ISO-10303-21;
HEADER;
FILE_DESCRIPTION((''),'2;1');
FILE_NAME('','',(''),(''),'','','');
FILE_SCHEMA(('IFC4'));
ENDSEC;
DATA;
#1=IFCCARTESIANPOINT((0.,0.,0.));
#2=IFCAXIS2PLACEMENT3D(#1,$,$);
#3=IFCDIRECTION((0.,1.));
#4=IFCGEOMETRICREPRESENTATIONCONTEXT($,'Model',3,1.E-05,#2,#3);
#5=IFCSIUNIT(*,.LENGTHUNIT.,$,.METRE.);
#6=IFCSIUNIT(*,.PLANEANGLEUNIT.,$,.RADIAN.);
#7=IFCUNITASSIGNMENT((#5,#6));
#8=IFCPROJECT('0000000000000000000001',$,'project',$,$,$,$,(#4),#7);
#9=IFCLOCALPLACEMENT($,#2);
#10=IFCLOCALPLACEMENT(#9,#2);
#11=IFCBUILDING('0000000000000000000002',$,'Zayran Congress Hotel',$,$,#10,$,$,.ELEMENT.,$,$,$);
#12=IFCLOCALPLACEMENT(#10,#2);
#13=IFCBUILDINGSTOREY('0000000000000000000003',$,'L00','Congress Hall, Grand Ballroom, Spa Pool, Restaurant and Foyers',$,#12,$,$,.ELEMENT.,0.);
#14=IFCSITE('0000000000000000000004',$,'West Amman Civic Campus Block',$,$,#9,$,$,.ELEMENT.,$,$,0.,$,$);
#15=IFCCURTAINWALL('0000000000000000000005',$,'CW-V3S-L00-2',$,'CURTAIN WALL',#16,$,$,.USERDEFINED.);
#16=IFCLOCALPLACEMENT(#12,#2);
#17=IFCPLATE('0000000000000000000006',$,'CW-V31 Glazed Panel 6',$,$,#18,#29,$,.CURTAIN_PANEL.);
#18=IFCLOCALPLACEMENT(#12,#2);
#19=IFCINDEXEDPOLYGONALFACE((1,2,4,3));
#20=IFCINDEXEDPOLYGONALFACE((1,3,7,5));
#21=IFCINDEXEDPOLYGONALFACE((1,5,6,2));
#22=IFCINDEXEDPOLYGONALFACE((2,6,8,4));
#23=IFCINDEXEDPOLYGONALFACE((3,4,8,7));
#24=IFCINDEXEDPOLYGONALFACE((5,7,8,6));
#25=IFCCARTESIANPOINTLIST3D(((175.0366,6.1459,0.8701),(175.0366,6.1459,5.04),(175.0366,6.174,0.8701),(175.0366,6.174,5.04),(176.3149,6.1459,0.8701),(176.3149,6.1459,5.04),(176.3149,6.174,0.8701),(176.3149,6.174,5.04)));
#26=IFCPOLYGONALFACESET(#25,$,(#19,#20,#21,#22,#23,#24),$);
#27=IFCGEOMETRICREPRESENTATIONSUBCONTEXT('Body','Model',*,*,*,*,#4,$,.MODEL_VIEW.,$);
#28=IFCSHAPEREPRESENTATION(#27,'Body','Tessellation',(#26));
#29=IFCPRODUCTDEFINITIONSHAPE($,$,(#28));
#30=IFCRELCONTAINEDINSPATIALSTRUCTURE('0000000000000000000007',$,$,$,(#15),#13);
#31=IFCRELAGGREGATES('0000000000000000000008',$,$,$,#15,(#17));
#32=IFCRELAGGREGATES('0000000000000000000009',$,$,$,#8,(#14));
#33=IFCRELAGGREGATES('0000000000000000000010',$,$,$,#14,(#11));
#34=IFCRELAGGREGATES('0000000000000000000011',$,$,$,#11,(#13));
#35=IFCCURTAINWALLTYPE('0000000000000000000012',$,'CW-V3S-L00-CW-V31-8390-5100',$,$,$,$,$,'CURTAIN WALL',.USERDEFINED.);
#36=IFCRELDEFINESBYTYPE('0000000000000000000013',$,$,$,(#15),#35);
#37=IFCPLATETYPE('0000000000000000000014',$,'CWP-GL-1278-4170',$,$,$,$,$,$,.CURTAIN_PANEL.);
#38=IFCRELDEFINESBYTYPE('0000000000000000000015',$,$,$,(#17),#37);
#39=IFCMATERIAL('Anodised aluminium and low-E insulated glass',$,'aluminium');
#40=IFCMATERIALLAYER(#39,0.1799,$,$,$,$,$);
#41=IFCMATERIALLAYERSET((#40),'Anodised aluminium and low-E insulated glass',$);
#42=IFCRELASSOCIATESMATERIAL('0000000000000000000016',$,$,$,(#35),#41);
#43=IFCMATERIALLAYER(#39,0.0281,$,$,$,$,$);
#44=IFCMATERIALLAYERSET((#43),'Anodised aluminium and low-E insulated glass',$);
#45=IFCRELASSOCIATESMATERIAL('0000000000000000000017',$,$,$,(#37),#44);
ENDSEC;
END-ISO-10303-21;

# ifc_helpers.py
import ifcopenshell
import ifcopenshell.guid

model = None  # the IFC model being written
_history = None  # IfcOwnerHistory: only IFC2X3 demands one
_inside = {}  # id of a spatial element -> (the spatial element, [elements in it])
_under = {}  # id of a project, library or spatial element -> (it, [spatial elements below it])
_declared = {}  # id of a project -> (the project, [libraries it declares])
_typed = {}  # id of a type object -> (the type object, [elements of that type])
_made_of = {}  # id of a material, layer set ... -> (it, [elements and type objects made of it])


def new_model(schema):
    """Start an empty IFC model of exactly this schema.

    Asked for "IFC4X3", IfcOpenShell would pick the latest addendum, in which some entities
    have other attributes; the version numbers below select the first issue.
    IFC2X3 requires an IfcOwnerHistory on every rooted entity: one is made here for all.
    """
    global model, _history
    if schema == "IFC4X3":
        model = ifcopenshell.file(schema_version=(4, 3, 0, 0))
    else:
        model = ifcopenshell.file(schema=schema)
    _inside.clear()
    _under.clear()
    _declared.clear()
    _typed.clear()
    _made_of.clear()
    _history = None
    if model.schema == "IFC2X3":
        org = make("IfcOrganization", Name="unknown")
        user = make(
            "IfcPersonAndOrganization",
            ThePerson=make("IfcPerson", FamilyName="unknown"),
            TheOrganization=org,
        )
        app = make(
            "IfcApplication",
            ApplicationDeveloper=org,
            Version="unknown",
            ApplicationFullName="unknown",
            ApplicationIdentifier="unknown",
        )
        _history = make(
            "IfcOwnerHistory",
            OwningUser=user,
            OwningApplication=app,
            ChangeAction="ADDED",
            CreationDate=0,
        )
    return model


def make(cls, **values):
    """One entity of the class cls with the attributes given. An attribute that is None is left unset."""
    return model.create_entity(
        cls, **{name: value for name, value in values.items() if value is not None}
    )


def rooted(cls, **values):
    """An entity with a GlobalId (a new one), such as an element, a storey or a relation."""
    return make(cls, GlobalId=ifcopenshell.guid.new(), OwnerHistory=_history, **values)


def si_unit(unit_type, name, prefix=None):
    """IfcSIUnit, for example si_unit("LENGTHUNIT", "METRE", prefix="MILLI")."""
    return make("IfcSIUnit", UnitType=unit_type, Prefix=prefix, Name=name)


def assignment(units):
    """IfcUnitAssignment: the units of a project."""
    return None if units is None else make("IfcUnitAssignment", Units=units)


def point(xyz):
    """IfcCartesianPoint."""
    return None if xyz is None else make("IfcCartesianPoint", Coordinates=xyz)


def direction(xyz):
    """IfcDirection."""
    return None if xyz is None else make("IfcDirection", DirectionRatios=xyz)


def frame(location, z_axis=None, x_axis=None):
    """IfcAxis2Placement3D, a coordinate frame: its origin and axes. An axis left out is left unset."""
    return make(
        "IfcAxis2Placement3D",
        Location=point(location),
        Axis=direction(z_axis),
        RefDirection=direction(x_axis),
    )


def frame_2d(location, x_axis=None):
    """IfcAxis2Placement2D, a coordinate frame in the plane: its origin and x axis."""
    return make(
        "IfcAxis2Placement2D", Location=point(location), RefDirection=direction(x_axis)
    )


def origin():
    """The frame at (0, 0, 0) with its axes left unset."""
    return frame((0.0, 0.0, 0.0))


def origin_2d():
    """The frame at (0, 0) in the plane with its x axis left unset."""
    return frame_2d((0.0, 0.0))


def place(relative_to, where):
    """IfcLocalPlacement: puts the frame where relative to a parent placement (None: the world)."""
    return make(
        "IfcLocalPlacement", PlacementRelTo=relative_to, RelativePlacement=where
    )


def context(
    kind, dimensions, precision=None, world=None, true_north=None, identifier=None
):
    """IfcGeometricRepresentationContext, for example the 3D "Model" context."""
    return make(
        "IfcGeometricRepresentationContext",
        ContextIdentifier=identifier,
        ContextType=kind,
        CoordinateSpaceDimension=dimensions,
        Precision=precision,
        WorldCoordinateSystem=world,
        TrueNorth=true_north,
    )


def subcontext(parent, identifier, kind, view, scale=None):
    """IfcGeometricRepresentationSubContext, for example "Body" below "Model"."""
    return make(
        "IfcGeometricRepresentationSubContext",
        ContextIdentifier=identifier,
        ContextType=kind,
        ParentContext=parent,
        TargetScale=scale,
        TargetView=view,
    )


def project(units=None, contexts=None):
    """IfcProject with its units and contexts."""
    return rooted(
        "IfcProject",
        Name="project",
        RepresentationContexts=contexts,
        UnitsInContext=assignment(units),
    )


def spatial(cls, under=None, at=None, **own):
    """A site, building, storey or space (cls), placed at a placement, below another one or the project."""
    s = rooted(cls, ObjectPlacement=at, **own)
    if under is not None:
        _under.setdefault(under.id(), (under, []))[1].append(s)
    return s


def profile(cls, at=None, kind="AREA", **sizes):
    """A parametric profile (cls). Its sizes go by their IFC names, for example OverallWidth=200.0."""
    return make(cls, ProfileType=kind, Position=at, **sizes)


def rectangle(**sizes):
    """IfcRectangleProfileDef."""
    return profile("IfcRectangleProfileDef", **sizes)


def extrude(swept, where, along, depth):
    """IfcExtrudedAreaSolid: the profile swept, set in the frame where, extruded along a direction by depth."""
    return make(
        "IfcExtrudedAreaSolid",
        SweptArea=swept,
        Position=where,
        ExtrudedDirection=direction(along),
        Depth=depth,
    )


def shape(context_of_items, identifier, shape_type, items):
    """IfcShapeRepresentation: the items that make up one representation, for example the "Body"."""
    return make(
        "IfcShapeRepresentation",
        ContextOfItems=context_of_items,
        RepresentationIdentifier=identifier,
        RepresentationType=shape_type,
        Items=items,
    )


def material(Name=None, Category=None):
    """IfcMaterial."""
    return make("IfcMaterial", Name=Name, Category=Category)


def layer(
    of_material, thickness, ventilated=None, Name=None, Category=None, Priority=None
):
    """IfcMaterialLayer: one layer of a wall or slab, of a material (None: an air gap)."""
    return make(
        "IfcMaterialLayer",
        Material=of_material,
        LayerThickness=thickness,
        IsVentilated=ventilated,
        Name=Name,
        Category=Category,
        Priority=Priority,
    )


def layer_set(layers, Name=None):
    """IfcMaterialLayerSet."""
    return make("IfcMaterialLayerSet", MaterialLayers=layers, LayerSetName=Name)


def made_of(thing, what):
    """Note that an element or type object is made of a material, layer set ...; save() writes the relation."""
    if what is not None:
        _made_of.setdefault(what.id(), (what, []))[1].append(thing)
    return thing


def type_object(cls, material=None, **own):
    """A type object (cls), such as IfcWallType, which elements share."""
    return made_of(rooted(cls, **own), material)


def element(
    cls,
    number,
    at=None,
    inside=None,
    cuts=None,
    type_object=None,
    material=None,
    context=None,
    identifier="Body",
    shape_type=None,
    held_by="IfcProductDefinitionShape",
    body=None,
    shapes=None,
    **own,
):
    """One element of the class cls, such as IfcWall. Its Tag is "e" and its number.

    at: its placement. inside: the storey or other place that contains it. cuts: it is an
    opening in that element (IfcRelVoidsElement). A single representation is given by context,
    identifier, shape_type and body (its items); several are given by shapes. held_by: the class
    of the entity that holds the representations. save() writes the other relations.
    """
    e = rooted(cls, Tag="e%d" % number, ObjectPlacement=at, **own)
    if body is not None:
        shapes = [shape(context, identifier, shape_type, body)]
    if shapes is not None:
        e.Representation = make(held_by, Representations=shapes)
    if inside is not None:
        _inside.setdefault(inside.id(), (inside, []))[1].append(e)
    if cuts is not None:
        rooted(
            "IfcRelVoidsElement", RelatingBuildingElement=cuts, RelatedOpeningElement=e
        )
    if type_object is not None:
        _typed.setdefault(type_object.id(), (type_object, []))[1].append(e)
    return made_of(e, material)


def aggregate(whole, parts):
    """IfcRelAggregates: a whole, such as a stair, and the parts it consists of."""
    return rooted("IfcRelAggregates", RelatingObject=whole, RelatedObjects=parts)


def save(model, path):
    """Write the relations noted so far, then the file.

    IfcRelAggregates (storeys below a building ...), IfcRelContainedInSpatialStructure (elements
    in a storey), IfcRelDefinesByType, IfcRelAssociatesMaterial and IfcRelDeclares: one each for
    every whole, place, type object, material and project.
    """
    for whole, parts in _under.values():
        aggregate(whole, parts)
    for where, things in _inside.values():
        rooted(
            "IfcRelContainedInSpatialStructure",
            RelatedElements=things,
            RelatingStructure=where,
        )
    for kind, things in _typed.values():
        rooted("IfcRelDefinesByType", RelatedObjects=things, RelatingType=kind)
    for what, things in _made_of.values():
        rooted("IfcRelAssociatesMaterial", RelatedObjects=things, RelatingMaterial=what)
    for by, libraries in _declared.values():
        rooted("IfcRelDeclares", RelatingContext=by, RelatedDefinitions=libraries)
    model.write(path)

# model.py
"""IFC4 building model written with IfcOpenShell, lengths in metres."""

from ifc_helpers import new_model, si_unit, direction, frame, origin, origin_2d, place, context, subcontext, project, spatial, rectangle, extrude, material, layer, layer_set, type_object, element, aggregate, save


model = new_model("IFC4")

# Units and contexts
model_context = context("Model", 3, precision=1e-05, world=origin(), true_north=direction((0.0, 1.0)))
body_context = subcontext(model_context, "Body", "Model", "MODEL_VIEW")
ifc_project = project(units=[si_unit("LENGTHUNIT", "METRE"), si_unit("PLANEANGLEUNIT", "RADIAN")], contexts=[model_context])

# Site, building, storey
site_placement = place(None, origin())
site = spatial("IfcSite", under=ifc_project, at=site_placement, Name="West Amman Civic Campus Block", CompositionType="ELEMENT", RefElevation=0.0)
building_placement = place(site_placement, origin())
building = spatial("IfcBuilding", under=site, at=building_placement, Name="Zayran Congress Hotel", CompositionType="ELEMENT")
storey_placement = place(building_placement, origin())
storey = spatial("IfcBuildingStorey", under=building, at=storey_placement, Name="L00", Description="Congress Hall, Grand Ballroom, Spa Pool, Restaurant and Foyers", CompositionType="ELEMENT", Elevation=0.0)

# Curtain wall
ifc_material_1 = material(Name="Anodised aluminium and low-E insulated glass", Category="aluminium")
ifc_layer_1 = layer(ifc_material_1, 0.1799)
ifc_layer_set_1 = layer_set([ifc_layer_1], Name="Anodised aluminium and low-E insulated glass")
curtain_wall_type_1 = type_object("IfcCurtainWallType", Name="CW-V3S-L00-CW-V31-8390-5100", ElementType="CURTAIN WALL", PredefinedType="USERDEFINED", material=ifc_layer_set_1)
curtain_wall_1_placement = place(storey_placement, origin())
curtain_wall_1 = element("IfcCurtainWall", 1, at=curtain_wall_1_placement, inside=storey, type_object=curtain_wall_type_1, Name="CW-V3S-L00-2", ObjectType="CURTAIN WALL", PredefinedType="USERDEFINED")

# Plate
ifc_layer_2 = layer(ifc_material_1, 0.0281)
ifc_layer_set_2 = layer_set([ifc_layer_2], Name="Anodised aluminium and low-E insulated glass")
plate_type_1 = type_object("IfcPlateType", Name="CWP-GL-1278-4170", PredefinedType="CURTAIN_PANEL", material=ifc_layer_set_2)
plate_1_placement = place(storey_placement, frame((175.6758, 6.1599, 0.8701), z_axis=(0.0, 0.0, 1.0), x_axis=(1.0, 0.0, 0.0)))
plate_1 = element("IfcPlate", 2, at=plate_1_placement, type_object=plate_type_1, Name="CW-V31 Glazed Panel 6", PredefinedType="CURTAIN_PANEL", context=body_context, shape_type="SweptSolid", body=[
    extrude(rectangle(XDim=1.2783, YDim=0.0281, at=origin_2d()), origin(), (0.0, 0.0, 1.0), 4.1699),
])
aggregate(curtain_wall_1, [plate_1])

save(model, "model.ifc")
